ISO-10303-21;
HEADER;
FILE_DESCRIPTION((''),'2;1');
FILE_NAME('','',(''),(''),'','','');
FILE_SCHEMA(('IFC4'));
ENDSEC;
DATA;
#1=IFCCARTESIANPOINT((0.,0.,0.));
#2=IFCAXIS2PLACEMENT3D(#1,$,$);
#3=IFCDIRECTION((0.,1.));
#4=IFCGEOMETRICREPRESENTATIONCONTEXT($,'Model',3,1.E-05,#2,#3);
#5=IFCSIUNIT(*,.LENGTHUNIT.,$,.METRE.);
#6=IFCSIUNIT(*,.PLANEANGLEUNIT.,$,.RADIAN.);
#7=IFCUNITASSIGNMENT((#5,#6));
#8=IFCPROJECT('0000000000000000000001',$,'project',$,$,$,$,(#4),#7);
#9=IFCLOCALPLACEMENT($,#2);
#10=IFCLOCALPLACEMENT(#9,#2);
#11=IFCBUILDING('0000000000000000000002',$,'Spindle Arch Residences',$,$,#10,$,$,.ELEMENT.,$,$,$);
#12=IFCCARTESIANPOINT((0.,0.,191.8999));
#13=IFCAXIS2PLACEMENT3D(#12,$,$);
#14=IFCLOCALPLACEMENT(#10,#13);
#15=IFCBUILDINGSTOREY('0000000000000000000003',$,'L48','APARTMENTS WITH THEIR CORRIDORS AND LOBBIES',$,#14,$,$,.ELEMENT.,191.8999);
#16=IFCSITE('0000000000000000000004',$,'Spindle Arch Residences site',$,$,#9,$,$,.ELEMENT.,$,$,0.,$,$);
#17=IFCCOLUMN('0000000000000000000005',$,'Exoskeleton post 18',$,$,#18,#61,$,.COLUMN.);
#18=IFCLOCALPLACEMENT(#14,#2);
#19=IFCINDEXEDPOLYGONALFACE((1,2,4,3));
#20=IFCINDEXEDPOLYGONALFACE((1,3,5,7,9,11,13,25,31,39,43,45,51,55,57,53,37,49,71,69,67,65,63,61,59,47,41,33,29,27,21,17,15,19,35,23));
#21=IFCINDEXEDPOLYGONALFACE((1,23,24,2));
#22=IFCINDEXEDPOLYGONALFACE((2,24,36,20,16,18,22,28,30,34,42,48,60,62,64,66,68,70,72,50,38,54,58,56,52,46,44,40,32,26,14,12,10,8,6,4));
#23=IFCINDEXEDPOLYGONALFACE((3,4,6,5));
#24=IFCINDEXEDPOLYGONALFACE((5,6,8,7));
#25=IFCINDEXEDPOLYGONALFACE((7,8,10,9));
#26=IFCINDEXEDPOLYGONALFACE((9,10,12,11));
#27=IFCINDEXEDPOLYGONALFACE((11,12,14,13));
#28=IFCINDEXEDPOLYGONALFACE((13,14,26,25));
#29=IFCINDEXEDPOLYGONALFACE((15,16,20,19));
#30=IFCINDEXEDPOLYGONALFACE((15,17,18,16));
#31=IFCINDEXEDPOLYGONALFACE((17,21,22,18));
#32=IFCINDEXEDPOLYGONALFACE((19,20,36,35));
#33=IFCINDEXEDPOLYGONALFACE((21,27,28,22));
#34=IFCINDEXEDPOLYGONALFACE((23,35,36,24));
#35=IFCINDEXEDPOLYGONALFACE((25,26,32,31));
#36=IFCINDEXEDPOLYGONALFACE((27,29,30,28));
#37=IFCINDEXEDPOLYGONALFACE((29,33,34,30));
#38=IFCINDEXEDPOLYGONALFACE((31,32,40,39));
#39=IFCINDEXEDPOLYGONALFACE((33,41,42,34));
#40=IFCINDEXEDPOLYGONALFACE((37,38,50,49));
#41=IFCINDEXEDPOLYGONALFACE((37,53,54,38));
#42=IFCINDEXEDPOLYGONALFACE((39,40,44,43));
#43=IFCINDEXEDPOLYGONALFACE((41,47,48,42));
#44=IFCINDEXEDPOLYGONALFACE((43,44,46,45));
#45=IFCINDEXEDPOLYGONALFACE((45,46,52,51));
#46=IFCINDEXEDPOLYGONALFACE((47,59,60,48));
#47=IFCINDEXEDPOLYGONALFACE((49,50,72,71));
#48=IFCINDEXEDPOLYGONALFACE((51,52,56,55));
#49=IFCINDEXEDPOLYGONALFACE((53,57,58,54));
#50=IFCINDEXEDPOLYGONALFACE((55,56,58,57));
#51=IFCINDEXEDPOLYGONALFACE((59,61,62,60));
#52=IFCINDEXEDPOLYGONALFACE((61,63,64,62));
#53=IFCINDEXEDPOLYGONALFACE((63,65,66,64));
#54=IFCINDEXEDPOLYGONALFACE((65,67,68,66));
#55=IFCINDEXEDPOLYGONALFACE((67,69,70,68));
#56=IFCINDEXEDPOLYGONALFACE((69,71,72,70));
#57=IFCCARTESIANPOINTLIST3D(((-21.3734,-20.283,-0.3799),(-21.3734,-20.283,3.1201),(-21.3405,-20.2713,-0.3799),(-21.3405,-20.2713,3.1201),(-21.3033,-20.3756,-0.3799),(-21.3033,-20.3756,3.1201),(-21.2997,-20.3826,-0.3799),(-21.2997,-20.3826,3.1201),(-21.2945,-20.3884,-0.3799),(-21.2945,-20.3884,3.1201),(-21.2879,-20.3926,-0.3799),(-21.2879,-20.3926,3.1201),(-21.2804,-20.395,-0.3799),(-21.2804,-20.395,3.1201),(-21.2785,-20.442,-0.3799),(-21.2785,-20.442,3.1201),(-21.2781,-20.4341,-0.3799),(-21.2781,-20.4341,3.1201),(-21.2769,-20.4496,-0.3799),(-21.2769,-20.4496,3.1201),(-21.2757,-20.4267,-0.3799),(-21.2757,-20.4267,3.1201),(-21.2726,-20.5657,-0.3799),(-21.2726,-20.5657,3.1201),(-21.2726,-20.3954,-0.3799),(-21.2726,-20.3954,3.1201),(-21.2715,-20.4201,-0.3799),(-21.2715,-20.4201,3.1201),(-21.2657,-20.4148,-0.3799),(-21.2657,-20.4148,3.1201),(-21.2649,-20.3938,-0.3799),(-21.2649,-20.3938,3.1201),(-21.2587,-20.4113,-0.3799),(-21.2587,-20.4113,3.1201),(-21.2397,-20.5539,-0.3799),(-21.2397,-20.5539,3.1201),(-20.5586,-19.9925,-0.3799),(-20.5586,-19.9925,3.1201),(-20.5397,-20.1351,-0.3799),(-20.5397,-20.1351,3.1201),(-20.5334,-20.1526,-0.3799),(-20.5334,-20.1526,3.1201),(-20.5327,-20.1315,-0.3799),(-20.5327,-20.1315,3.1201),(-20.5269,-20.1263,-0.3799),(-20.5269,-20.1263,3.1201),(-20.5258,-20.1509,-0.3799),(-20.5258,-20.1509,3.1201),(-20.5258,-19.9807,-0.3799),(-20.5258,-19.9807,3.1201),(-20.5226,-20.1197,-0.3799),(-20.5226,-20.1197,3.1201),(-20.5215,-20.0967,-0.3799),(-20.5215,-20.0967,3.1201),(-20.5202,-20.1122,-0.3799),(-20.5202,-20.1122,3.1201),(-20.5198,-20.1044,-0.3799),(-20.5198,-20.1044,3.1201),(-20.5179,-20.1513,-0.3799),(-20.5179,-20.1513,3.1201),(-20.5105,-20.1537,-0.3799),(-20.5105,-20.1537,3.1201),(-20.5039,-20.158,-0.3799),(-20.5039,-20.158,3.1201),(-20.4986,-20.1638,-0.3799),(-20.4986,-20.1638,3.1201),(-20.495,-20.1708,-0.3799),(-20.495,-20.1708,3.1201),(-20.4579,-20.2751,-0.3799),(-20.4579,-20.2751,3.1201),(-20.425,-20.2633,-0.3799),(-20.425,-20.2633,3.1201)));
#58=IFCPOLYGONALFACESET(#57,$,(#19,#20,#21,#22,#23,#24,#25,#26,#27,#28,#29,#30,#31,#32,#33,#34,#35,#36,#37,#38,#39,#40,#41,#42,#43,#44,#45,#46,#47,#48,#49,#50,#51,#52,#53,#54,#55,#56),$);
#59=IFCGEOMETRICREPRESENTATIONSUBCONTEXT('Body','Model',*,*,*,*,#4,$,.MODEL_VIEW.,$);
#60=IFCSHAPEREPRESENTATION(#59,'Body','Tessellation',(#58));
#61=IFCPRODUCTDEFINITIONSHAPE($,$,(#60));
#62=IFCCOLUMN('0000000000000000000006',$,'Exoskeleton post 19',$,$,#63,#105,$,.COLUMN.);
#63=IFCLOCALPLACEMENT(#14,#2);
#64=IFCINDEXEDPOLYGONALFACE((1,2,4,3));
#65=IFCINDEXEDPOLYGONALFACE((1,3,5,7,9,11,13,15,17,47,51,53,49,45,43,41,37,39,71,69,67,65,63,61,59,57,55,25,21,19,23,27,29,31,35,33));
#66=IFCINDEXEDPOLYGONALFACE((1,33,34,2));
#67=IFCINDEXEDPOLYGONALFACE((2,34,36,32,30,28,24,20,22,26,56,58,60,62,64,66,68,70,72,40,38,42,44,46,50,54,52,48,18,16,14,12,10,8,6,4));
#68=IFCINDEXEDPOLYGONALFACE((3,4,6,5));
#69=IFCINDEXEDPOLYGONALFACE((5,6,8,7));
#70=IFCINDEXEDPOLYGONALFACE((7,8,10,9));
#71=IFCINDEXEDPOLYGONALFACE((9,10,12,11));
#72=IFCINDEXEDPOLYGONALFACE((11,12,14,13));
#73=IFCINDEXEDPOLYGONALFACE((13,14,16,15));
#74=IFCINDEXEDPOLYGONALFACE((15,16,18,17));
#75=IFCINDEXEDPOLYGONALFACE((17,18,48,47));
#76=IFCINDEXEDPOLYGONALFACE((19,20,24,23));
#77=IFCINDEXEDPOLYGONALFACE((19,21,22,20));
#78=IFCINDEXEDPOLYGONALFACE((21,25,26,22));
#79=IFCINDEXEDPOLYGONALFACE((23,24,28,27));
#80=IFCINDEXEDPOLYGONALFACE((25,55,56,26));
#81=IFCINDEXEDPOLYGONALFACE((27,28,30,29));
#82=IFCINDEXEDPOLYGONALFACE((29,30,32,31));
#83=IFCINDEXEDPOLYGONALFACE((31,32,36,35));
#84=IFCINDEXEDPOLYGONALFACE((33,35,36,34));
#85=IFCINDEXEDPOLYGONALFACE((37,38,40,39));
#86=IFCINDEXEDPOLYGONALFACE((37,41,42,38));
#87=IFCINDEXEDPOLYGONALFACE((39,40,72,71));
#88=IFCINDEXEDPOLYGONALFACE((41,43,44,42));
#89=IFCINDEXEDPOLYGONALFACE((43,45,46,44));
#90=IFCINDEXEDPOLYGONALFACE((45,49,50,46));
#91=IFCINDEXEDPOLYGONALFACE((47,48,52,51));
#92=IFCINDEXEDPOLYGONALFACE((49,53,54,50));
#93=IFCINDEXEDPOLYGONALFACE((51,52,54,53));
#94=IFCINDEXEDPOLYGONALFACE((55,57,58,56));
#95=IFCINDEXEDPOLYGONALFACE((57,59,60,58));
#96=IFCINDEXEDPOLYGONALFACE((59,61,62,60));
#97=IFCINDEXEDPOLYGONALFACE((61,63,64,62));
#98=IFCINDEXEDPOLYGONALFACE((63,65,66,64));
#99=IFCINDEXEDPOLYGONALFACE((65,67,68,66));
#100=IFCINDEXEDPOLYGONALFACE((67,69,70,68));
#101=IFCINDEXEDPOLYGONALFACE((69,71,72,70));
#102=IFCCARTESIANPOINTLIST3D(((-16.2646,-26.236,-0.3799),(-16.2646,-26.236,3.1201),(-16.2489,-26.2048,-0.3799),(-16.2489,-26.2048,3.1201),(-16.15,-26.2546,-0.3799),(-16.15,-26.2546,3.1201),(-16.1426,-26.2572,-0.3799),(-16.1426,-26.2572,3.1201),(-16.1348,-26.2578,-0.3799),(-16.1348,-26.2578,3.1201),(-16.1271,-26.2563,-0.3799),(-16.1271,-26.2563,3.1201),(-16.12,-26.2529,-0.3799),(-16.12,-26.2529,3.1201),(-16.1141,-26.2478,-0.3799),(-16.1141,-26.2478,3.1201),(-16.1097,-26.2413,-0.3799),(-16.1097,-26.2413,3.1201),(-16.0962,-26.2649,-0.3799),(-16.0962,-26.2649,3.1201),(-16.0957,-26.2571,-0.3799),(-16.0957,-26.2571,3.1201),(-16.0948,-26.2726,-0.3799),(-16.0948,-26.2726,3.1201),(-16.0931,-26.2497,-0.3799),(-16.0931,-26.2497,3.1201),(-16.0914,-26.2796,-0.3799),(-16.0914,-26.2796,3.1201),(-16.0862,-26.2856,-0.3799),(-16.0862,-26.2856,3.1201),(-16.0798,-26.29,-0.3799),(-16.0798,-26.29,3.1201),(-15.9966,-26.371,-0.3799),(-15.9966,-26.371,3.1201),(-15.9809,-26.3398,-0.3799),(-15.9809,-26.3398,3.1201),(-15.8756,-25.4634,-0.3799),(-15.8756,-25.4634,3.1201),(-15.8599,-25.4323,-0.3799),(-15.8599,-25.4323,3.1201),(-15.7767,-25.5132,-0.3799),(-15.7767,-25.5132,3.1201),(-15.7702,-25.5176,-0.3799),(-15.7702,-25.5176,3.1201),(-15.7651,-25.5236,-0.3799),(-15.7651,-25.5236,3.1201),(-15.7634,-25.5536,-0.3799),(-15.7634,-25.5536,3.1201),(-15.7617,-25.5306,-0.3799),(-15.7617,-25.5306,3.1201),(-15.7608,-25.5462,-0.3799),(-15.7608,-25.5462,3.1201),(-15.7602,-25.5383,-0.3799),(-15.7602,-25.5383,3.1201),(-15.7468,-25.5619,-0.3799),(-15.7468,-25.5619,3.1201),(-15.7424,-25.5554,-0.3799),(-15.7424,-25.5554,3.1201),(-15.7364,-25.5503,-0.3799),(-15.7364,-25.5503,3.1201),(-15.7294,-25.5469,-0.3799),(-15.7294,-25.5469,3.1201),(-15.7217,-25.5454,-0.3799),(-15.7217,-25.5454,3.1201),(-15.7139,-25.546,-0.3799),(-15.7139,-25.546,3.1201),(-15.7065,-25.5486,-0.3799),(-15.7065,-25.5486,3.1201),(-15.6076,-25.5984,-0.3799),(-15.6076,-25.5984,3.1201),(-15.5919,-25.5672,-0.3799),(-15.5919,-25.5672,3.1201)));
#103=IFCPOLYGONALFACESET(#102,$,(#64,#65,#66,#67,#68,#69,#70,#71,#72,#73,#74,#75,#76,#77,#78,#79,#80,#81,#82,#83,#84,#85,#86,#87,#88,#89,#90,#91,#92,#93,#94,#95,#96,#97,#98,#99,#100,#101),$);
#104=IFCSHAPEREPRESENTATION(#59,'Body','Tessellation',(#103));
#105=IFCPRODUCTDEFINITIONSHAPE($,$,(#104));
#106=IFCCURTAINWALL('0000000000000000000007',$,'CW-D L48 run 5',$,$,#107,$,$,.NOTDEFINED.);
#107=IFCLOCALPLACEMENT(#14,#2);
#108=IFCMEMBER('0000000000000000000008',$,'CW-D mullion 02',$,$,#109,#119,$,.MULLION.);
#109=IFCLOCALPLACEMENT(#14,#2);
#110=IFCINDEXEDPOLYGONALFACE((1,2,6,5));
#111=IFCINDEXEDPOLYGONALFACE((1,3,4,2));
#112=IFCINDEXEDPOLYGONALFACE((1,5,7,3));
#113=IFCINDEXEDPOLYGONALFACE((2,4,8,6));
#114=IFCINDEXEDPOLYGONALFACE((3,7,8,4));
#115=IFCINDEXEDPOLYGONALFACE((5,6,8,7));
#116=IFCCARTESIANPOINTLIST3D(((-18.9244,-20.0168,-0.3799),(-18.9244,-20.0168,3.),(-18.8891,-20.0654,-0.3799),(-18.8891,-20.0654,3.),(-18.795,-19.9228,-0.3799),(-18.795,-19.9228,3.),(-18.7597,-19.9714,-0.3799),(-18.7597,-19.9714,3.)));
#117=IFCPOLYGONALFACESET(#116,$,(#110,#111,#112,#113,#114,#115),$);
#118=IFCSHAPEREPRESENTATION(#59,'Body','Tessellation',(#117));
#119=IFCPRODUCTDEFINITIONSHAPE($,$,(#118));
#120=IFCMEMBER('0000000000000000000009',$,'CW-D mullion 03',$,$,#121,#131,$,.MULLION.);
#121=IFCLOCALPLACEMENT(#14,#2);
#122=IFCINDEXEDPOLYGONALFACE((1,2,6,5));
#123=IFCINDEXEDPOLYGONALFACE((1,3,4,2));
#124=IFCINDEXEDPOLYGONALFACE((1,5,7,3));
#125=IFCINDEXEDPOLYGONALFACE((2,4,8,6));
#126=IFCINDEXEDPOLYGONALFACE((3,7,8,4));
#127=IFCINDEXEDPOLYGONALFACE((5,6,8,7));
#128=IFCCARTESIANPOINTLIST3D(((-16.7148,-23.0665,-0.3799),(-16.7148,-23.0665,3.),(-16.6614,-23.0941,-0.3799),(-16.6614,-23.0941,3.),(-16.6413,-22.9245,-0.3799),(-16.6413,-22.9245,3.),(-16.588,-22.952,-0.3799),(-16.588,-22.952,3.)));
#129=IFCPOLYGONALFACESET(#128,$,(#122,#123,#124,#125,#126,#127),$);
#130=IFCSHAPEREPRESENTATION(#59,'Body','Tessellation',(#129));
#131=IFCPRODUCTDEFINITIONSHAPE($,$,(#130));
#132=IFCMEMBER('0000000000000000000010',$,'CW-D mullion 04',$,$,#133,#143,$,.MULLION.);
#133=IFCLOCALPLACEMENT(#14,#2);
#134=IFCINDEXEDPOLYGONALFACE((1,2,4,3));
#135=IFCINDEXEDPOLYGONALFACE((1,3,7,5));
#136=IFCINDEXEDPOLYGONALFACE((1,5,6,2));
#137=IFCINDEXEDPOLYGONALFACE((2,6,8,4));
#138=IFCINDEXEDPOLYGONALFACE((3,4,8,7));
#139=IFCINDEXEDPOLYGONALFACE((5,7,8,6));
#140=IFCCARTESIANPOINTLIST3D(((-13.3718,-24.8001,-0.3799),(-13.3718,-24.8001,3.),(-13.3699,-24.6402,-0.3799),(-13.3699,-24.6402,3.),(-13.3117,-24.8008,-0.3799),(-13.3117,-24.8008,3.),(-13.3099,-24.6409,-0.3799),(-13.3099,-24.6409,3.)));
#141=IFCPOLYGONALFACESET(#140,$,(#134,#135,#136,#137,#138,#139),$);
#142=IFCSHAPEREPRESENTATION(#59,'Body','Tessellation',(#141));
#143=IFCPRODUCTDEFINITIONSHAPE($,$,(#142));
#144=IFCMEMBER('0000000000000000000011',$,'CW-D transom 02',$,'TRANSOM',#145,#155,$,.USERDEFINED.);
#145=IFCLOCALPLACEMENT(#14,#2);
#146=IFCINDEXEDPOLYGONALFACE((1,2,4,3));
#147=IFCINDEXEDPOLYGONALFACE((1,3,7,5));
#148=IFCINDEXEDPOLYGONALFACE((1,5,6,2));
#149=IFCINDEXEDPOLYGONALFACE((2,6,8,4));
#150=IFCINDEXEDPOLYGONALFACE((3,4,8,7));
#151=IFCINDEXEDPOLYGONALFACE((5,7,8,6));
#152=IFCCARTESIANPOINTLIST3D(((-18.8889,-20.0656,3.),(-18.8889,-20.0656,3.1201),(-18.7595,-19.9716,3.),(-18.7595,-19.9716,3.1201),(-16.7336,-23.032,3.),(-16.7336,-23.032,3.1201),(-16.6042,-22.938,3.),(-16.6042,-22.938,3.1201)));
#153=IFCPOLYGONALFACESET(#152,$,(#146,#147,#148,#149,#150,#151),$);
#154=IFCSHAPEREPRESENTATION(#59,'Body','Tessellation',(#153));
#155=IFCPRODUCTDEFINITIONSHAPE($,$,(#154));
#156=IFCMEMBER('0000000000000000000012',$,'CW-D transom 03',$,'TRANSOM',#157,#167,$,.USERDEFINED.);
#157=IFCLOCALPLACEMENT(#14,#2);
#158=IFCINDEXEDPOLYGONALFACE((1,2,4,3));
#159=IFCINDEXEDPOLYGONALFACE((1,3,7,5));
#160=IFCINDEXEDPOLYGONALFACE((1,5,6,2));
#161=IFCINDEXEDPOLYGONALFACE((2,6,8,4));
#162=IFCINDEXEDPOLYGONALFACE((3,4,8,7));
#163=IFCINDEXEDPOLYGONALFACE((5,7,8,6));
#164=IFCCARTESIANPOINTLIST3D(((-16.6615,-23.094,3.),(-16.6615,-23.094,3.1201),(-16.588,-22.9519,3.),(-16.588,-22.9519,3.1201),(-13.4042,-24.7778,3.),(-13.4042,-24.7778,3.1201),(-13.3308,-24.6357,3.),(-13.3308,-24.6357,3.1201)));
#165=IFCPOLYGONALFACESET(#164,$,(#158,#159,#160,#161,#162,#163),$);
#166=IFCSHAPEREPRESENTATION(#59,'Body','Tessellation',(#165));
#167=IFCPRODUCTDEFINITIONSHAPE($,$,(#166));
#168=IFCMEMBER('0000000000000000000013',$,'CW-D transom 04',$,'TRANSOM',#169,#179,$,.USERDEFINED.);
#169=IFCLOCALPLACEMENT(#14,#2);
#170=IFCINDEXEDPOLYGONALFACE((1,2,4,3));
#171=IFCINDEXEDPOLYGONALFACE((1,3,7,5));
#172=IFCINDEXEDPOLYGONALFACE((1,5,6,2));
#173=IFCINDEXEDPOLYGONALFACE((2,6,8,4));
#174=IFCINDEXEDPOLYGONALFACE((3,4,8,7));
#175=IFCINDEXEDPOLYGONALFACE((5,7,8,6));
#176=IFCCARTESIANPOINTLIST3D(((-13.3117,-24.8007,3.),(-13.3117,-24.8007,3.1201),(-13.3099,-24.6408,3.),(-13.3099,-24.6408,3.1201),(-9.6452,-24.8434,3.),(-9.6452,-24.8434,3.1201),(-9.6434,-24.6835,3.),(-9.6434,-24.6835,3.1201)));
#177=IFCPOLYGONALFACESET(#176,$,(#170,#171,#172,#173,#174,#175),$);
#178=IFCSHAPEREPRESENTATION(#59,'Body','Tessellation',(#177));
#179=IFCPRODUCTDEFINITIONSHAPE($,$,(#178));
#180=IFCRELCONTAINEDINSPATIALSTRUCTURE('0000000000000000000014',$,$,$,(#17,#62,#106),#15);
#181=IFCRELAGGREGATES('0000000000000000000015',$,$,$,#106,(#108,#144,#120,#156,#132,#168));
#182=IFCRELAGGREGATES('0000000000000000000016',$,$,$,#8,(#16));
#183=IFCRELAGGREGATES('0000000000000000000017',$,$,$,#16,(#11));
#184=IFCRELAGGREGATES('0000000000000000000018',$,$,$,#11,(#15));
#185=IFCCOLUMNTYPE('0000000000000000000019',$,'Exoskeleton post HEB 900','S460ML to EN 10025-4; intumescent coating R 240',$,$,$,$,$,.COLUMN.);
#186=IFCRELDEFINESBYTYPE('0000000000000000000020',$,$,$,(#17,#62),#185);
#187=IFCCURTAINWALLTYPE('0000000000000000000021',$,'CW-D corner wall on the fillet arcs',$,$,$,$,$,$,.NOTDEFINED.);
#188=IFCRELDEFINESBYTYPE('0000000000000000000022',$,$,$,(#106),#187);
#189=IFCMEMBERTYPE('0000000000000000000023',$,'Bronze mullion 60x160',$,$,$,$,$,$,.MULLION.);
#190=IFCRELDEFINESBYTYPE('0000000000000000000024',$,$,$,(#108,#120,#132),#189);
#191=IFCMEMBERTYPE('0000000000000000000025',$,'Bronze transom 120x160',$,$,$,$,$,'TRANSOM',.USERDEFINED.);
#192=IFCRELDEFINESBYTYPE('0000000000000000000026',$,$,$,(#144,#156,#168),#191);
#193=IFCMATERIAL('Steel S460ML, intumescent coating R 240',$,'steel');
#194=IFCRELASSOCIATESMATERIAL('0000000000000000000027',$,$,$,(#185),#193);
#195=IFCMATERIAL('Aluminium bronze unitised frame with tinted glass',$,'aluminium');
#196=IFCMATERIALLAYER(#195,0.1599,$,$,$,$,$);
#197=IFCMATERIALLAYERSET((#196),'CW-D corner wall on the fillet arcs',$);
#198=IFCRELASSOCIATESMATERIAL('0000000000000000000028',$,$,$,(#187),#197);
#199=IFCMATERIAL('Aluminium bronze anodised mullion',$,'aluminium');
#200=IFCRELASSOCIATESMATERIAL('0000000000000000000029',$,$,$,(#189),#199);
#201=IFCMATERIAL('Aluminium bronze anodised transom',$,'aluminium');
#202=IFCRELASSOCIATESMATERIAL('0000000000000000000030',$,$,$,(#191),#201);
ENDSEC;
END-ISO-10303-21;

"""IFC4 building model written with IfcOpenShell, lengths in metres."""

from ifc_helpers import new_model, si_unit, direction, frame, origin, origin_2d, place, context, subcontext, project, spatial, rectangle, i_section, extrude, material, layer, layer_set, material_profile, profile_set, type_object, element, aggregate, save


model = new_model("IFC4")

# Units and contexts
model_context = context("Model", 3, precision=1e-05, world=origin(), true_north=direction((0.0, 1.0)))
body_context = subcontext(model_context, "Body", "Model", "MODEL_VIEW")
ifc_project = project(units=[si_unit("LENGTHUNIT", "METRE"), si_unit("PLANEANGLEUNIT", "RADIAN")], contexts=[model_context])

# Site, building, storey
site_placement = place(None, origin())
site = spatial("IfcSite", under=ifc_project, at=site_placement, Name="Spindle Arch Residences site", CompositionType="ELEMENT", RefElevation=0.0)
building_placement = place(site_placement, origin())
building = spatial("IfcBuilding", under=site, at=building_placement, Name="Spindle Arch Residences", CompositionType="ELEMENT")
storey_placement = place(building_placement, frame((0.0, 0.0, 191.8999)))
storey = spatial("IfcBuildingStorey", under=building, at=storey_placement, Name="L48", Description="APARTMENTS WITH THEIR CORRIDORS AND LOBBIES", CompositionType="ELEMENT", Elevation=191.8999)

# Columns
ifc_material_1 = material(Name="Steel S460ML, intumescent coating R 240", Category="steel")
ifc_material_profile_1 = material_profile(ifc_material_1, i_section(OverallWidth=0.3, OverallDepth=0.8999, WebThickness=0.0186, FlangeThickness=0.0349, FilletRadius=0.03, at=origin_2d()), Name="HEB 900")
ifc_profile_set_1 = profile_set([ifc_material_profile_1], Name="Steel S460ML, intumescent coating R 240")
column_type = type_object("IfcColumnType", Name="Exoskeleton post HEB 900", Description="S460ML to EN 10025-4; intumescent coating R 240", PredefinedType="COLUMN", material=ifc_profile_set_1)
for number, where, z_axis, x_axis, name in (
    (1, (-20.8992, -20.2732, -0.3799), (0.0, 0.0, 1.0), (-0.335927, 0.941888, 0.0), "Exoskeleton post 18"),
    (2, (-15.9282, -25.9016, -0.3799), (0.0, 0.0, 1.0), (-0.893169, 0.449721, 0.0), "Exoskeleton post 19"),
):
    element("IfcColumn", number, at=place(storey_placement, frame(where, z_axis=z_axis, x_axis=x_axis)), inside=storey, type_object=column_type, Name=name, PredefinedType="COLUMN", context=body_context, shape_type="SweptSolid", body=[
        extrude(i_section(OverallWidth=0.3, OverallDepth=0.8999, WebThickness=0.0186, FlangeThickness=0.0349, FilletRadius=0.03, at=origin_2d()), origin(), (0.0, 0.0, 1.0), 3.5),
    ])

# Curtain wall, members
ifc_material_2 = material(Name="Aluminium bronze unitised frame with tinted glass", Category="aluminium")
ifc_layer_1 = layer(ifc_material_2, 0.1599)
ifc_layer_set_1 = layer_set([ifc_layer_1], Name="CW-D corner wall on the fillet arcs")
curtain_wall_type = type_object("IfcCurtainWallType", Name="CW-D corner wall on the fillet arcs", PredefinedType="NOTDEFINED", material=ifc_layer_set_1)
curtain_wall_placement = place(storey_placement, origin())
curtain_wall = element("IfcCurtainWall", 3, at=curtain_wall_placement, inside=storey, type_object=curtain_wall_type, Name="CW-D L48 run 5", PredefinedType="NOTDEFINED")
ifc_material_3 = material(Name="Aluminium bronze anodised mullion", Category="aluminium")
ifc_material_profile_2 = material_profile(ifc_material_3, rectangle(XDim=0.1599, YDim=0.0601, at=origin_2d()), Name="MU 60x160")
ifc_profile_set_2 = profile_set([ifc_material_profile_2], Name="Aluminium bronze anodised mullion")
member_type_1 = type_object("IfcMemberType", Name="Bronze mullion 60x160", PredefinedType="MULLION", material=ifc_profile_set_2)
member_1_placement = place(storey_placement, frame((-18.842, -19.9941, -0.3799), z_axis=(0.0, 0.0, 1.0), x_axis=(0.809017, 0.587785, 0.0)))
member_1 = element("IfcMember", 4, at=member_1_placement, type_object=member_type_1, Name="CW-D mullion 02", PredefinedType="MULLION", context=body_context, shape_type="SweptSolid", body=[
    extrude(rectangle(XDim=0.1599, YDim=0.0601, at=origin_2d()), origin(), (0.0, 0.0, 1.0), 3.3799),
])
member_2_placement = place(storey_placement, frame((-16.6514, -23.0093, -0.3799), z_axis=(0.0, 0.0, 1.0), x_axis=(0.459166, 0.88835, 0.0)))
member_2 = element("IfcMember", 5, at=member_2_placement, type_object=member_type_1, Name="CW-D mullion 03", PredefinedType="MULLION", context=body_context, shape_type="SweptSolid", body=[
    extrude(rectangle(XDim=0.1599, YDim=0.0601, at=origin_2d()), origin(), (0.0, 0.0, 1.0), 3.3799),
])
member_3_placement = place(storey_placement, frame((-13.3408, -24.7205, -0.3799), z_axis=(0.0, 0.0, 1.0), x_axis=(0.011635, 0.999932, 0.0)))
member_3 = element("IfcMember", 6, at=member_3_placement, type_object=member_type_1, Name="CW-D mullion 04", PredefinedType="MULLION", context=body_context, shape_type="SweptSolid", body=[
    extrude(rectangle(XDim=0.1599, YDim=0.0601, at=origin_2d()), origin(), (0.0, 0.0, 1.0), 3.3799),
])
ifc_material_4 = material(Name="Aluminium bronze anodised transom", Category="aluminium")
ifc_material_profile_3 = material_profile(ifc_material_4, rectangle(XDim=0.1599, YDim=0.1201, at=origin_2d()), Name="TR 120x160")
ifc_profile_set_3 = profile_set([ifc_material_profile_3], Name="Aluminium bronze anodised transom")
member_type_2 = type_object("IfcMemberType", Name="Bronze transom 120x160", ElementType="TRANSOM", PredefinedType="USERDEFINED", material=ifc_profile_set_3)
member_4_placement = place(storey_placement, frame((-18.8242, -20.0186, 3.0601), z_axis=(0.587807, -0.809001, 0.0), x_axis=(0.809001, 0.587807, 0.0)))
member_4 = element("IfcMember", 7, at=member_4_placement, type_object=member_type_2, Name="CW-D transom 02", ObjectType="TRANSOM", PredefinedType="USERDEFINED", context=body_context, shape_type="SweptSolid", body=[
    extrude(rectangle(XDim=0.1599, YDim=0.1201, at=origin_2d()), origin(), (0.0, 0.0, 1.0), 3.6667),
])
member_5_placement = place(storey_placement, frame((-16.6248, -23.0229, 3.0601), z_axis=(0.888327, -0.459211, 0.0), x_axis=(0.459211, 0.888327, 0.0)))
member_5 = element("IfcMember", 8, at=member_5_placement, type_object=member_type_2, Name="CW-D transom 03", ObjectType="TRANSOM", PredefinedType="USERDEFINED", context=body_context, shape_type="SweptSolid", body=[
    extrude(rectangle(XDim=0.1599, YDim=0.1201, at=origin_2d()), origin(), (0.0, 0.0, 1.0), 3.6667),
])
member_6_placement = place(storey_placement, frame((-13.3108, -24.7207, 3.0601), z_axis=(0.999932, -0.011652, 0.0), x_axis=(0.011652, 0.999932, 0.0)))
member_6 = element("IfcMember", 9, at=member_6_placement, type_object=member_type_2, Name="CW-D transom 04", ObjectType="TRANSOM", PredefinedType="USERDEFINED", context=body_context, shape_type="SweptSolid", body=[
    extrude(rectangle(XDim=0.1599, YDim=0.1201, at=origin_2d()), origin(), (0.0, 0.0, 1.0), 3.6667),
])

aggregate(curtain_wall, [member_1, member_4, member_2, member_5, member_3, member_6])

save(model, "model.ifc")
